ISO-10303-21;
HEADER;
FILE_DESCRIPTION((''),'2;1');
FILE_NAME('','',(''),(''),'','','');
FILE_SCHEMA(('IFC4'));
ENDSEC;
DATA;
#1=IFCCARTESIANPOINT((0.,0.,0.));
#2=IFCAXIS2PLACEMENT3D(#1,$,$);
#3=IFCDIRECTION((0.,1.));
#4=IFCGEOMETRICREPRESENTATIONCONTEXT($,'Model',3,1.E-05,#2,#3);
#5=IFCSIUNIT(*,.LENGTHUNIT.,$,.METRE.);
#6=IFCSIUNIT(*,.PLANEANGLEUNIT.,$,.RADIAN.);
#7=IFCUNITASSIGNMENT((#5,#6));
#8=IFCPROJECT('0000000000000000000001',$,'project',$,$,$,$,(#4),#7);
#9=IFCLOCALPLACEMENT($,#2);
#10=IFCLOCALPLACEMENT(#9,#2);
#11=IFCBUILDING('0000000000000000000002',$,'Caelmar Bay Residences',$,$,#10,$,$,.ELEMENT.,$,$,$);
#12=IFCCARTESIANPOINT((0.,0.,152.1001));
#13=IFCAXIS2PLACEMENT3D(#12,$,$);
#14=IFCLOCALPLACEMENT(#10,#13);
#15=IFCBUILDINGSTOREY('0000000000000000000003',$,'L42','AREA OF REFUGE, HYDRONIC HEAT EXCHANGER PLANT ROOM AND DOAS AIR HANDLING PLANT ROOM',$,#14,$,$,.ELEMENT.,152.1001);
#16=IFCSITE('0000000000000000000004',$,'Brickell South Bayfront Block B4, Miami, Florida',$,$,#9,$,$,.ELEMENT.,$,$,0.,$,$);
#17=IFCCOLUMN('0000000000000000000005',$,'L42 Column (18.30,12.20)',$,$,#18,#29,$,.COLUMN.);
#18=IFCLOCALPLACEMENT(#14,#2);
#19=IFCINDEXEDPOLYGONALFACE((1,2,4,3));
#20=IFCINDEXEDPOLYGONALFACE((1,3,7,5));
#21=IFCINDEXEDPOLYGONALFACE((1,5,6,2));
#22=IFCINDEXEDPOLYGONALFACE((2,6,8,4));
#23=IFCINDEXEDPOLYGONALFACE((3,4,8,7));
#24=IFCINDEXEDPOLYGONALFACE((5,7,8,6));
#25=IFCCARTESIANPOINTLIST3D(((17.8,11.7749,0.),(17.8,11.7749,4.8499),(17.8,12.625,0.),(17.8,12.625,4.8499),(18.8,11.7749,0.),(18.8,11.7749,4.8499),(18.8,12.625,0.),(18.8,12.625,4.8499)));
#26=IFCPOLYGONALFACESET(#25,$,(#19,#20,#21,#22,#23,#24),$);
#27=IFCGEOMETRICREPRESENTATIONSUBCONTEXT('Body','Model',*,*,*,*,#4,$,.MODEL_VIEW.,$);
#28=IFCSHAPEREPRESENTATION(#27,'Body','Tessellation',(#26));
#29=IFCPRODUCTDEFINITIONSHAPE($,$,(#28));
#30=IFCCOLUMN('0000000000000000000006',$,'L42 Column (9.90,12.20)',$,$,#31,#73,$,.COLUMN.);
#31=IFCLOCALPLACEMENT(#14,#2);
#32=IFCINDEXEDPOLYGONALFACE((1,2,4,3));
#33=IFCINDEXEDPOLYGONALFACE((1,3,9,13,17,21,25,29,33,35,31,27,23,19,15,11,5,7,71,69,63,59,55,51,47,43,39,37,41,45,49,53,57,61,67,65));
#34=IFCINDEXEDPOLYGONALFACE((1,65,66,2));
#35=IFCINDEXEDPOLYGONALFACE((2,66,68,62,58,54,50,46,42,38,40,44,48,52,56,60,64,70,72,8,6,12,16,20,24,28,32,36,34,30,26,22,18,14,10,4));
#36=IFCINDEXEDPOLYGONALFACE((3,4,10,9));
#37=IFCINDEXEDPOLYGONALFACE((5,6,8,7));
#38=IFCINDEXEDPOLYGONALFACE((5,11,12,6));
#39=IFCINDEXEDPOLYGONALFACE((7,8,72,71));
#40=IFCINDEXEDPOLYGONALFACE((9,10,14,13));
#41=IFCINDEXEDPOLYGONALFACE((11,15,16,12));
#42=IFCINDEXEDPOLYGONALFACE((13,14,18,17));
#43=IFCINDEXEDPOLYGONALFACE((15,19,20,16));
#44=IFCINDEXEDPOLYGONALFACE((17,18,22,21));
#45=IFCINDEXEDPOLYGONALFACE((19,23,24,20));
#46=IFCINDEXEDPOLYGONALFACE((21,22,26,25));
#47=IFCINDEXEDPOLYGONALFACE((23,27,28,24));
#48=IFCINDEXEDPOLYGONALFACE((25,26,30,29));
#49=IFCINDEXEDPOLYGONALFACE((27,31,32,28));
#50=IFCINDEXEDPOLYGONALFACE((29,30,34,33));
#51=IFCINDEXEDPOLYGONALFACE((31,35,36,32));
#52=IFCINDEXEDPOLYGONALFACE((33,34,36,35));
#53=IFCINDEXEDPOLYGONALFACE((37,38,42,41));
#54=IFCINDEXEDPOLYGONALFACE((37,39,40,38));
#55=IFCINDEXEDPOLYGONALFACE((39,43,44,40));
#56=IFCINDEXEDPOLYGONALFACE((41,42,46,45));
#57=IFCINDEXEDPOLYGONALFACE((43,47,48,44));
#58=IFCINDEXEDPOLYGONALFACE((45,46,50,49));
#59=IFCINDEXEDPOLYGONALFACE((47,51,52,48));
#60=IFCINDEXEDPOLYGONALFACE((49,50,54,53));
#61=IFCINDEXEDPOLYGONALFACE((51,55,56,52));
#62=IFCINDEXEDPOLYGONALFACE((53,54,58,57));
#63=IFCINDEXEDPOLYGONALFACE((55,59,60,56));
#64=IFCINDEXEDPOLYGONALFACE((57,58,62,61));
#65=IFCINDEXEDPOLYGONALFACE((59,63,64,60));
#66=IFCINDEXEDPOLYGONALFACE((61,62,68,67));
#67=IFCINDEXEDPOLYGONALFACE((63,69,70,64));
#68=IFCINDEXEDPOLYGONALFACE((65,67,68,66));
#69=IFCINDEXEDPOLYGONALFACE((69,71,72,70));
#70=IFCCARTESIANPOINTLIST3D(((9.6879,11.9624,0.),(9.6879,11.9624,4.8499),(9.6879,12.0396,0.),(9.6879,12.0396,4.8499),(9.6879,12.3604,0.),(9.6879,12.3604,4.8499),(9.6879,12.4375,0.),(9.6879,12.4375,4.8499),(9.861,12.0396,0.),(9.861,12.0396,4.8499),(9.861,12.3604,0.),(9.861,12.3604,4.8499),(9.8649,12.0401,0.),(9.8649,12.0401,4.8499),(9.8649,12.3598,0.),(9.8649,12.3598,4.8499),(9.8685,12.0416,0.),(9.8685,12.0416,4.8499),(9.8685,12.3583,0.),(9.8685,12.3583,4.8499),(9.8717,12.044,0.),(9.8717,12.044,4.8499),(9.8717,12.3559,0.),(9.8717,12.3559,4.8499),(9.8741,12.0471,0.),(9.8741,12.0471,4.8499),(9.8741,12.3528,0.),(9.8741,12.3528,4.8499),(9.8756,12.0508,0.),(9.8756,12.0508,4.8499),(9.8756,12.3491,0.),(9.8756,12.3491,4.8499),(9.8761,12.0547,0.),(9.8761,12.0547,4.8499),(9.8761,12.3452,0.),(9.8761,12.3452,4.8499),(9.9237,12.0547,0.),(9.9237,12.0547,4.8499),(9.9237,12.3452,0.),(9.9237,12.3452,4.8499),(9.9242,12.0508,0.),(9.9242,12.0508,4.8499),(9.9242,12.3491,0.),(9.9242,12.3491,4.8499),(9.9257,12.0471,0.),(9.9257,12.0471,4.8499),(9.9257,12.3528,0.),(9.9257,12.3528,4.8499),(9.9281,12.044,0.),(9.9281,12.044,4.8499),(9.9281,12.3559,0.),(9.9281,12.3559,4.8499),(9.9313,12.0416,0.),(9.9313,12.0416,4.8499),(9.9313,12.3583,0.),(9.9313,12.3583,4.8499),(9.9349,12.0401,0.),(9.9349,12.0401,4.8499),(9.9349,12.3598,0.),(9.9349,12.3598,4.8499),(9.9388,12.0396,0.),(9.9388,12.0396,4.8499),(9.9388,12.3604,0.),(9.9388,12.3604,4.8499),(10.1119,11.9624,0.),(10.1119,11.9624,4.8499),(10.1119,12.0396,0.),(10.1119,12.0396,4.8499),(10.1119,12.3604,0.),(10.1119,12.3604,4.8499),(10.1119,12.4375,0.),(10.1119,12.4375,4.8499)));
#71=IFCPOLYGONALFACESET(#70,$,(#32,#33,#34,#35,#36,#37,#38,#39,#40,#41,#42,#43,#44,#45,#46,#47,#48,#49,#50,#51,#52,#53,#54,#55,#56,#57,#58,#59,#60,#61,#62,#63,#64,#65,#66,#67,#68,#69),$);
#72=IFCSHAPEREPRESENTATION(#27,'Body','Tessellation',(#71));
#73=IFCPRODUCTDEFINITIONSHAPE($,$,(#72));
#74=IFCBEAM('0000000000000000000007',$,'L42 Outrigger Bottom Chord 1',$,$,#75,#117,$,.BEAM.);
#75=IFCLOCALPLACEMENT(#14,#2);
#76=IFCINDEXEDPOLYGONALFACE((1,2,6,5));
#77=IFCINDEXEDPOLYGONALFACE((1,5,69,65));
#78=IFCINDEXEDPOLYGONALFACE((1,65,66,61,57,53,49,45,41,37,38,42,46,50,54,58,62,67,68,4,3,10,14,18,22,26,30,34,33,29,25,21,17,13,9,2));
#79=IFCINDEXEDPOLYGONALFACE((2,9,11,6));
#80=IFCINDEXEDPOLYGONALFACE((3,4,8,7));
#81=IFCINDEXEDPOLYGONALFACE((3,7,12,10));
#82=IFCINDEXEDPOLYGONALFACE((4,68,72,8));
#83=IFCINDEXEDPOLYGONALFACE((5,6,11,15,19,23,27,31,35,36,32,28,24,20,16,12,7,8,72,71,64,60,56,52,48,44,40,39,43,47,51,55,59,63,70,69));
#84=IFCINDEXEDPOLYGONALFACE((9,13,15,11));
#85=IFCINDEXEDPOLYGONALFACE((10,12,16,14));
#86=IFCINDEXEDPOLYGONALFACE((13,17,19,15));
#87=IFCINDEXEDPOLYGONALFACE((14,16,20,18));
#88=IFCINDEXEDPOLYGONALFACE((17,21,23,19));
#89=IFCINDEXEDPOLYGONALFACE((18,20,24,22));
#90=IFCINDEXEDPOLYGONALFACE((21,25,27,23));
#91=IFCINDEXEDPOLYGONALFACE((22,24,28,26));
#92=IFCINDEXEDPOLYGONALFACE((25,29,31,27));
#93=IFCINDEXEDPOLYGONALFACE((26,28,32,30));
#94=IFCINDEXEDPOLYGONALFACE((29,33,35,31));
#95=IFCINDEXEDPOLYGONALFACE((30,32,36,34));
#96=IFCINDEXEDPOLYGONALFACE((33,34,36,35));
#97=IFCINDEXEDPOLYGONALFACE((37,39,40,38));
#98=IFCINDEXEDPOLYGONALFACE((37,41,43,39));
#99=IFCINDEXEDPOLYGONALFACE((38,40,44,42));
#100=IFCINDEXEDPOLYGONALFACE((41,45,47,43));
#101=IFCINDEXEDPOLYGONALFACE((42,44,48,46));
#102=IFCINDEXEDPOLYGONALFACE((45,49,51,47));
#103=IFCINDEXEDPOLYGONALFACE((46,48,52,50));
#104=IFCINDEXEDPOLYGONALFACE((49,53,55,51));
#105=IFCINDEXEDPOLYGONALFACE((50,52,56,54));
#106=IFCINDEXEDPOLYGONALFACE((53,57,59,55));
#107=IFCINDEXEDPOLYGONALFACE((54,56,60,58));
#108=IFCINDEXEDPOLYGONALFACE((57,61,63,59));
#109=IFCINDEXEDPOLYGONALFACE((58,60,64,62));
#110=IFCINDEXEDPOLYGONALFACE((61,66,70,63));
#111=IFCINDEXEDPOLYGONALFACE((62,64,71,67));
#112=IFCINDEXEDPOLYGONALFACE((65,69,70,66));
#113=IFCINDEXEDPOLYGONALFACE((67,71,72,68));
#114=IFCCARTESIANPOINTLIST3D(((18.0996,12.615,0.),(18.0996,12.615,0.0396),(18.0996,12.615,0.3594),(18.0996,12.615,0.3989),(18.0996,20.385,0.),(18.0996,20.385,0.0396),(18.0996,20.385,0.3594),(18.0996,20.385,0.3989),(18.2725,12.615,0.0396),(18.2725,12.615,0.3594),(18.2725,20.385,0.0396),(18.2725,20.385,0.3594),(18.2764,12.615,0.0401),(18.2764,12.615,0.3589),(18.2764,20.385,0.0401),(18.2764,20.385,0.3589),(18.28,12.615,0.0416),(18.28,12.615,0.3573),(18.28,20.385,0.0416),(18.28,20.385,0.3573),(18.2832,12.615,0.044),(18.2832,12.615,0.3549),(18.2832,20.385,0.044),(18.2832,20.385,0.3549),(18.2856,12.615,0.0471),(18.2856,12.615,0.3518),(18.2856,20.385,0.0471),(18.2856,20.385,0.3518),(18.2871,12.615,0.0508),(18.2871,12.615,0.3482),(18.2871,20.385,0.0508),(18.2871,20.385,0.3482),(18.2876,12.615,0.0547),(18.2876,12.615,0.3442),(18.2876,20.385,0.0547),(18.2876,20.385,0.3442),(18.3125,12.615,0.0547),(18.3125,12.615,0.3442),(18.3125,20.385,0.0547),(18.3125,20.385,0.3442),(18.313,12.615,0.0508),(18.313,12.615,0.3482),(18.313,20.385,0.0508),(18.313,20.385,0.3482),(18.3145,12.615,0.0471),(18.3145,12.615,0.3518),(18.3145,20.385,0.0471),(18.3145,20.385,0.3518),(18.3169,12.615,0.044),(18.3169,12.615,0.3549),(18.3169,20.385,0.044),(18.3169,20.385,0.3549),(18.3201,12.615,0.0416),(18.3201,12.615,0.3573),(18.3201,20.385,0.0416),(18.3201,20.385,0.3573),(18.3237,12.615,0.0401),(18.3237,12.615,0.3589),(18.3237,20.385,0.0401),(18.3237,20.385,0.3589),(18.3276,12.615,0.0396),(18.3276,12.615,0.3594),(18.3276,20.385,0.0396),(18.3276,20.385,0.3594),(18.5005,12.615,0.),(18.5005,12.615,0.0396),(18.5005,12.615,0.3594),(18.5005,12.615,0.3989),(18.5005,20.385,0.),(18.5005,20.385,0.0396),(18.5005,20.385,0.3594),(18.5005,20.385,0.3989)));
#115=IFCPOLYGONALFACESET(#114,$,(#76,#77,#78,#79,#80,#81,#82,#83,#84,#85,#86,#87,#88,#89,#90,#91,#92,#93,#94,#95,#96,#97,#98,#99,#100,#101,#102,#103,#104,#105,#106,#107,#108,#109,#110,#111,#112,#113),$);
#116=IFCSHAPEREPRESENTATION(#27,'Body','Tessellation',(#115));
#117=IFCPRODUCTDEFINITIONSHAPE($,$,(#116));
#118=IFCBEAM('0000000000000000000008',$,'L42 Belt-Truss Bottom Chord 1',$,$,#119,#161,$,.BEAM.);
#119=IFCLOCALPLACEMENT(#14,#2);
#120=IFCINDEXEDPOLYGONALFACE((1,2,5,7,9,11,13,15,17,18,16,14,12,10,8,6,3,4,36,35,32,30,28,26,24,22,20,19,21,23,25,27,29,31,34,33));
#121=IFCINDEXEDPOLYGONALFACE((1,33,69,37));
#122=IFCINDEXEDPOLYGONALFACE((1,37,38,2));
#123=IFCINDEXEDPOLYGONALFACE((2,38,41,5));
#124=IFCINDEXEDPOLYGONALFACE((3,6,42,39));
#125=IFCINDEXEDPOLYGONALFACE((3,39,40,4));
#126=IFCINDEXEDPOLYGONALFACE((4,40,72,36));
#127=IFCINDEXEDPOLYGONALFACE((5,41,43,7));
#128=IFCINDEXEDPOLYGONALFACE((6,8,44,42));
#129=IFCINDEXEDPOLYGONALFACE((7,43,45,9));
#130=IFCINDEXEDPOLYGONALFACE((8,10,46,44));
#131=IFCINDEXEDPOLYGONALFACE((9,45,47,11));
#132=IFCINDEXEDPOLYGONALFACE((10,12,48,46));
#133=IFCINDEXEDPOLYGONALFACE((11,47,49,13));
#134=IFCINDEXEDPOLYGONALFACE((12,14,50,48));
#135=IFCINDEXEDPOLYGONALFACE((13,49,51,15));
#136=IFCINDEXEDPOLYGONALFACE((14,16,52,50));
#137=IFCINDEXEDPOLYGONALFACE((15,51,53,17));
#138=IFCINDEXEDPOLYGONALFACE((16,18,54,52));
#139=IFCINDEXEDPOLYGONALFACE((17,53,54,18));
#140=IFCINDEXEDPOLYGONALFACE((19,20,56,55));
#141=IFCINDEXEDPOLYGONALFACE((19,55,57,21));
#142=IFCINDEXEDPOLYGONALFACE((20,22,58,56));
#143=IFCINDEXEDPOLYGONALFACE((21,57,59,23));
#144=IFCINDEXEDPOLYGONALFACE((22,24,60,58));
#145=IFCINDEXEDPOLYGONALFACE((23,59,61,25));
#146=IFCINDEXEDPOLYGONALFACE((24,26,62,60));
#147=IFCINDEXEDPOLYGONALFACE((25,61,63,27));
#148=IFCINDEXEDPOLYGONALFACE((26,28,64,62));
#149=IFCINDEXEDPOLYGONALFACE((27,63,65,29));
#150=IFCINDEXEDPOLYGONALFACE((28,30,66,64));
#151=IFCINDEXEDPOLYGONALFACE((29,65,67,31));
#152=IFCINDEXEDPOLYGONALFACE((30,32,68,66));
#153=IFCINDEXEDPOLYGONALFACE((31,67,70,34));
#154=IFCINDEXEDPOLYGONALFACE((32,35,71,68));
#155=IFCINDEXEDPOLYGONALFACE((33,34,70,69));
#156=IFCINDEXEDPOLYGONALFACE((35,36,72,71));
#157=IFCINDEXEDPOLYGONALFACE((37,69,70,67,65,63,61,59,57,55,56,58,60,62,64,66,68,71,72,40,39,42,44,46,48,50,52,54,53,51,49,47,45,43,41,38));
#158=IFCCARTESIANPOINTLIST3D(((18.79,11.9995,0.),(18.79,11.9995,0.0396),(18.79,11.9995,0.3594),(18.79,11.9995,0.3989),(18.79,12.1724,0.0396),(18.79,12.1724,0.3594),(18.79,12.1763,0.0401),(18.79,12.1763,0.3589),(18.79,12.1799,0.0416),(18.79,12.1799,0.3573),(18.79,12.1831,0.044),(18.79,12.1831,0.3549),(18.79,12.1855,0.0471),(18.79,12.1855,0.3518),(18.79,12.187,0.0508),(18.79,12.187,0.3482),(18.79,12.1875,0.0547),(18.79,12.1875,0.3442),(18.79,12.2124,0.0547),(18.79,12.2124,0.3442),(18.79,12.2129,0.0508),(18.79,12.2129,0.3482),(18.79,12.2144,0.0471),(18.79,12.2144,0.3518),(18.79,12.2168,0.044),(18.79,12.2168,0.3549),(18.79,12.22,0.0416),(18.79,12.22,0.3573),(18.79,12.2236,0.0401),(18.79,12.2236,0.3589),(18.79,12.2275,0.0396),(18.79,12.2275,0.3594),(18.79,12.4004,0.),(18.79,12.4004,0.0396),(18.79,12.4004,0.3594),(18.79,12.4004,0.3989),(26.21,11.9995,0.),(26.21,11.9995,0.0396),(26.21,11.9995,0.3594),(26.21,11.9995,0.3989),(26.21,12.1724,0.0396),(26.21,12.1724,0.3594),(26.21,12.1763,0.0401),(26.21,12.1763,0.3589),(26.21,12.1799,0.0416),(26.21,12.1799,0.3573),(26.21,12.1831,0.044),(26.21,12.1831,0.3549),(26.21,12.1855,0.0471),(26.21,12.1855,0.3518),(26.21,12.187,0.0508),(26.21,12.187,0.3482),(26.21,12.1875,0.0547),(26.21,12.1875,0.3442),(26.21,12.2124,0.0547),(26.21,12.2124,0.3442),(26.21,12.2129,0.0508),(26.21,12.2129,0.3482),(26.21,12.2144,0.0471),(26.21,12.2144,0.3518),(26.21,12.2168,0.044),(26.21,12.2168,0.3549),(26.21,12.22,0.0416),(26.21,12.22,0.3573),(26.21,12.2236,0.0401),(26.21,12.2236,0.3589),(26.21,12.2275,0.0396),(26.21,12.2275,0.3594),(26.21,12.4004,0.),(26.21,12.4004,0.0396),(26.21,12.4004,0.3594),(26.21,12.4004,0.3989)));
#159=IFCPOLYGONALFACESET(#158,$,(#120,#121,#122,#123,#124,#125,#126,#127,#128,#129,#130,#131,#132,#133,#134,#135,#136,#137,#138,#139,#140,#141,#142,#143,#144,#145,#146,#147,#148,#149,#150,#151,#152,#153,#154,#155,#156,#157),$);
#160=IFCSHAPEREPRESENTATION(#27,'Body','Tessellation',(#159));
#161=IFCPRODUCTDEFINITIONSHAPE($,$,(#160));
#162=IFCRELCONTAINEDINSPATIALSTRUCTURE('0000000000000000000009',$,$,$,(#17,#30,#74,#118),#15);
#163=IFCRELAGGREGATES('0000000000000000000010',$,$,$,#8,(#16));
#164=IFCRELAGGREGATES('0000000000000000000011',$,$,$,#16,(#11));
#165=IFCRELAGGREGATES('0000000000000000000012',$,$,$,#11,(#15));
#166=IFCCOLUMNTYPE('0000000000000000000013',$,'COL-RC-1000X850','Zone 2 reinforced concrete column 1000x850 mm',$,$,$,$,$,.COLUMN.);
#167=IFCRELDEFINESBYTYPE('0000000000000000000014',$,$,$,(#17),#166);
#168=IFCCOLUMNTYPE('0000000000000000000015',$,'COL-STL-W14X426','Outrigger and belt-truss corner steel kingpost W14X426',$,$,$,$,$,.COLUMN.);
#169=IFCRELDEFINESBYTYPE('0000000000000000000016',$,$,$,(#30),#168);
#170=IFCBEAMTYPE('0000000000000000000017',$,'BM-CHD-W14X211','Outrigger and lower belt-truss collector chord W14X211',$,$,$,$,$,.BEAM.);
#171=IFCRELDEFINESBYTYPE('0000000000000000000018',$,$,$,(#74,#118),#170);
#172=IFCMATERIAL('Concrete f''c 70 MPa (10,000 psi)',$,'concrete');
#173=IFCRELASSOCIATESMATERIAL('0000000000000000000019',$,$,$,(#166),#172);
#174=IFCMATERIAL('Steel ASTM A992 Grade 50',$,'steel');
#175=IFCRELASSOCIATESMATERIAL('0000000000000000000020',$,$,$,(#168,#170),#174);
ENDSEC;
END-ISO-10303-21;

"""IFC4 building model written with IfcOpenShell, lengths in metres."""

from ifc_helpers import new_model, si_unit, direction, frame, origin, origin_2d, place, context, subcontext, project, spatial, rectangle, i_section, extrude, material, material_profile, profile_set, type_object, element, save


model = new_model("IFC4")

# Units and contexts
model_context = context("Model", 3, precision=1e-05, world=origin(), true_north=direction((0.0, 1.0)))
body_context = subcontext(model_context, "Body", "Model", "MODEL_VIEW")
ifc_project = project(units=[si_unit("LENGTHUNIT", "METRE"), si_unit("PLANEANGLEUNIT", "RADIAN")], contexts=[model_context])

# Site, building, storey
site_placement = place(None, origin())
site = spatial("IfcSite", under=ifc_project, at=site_placement, Name="Brickell South Bayfront Block B4, Miami, Florida", CompositionType="ELEMENT", RefElevation=0.0)
building_placement = place(site_placement, origin())
building = spatial("IfcBuilding", under=site, at=building_placement, Name="Caelmar Bay Residences", CompositionType="ELEMENT")
storey_placement = place(building_placement, frame((0.0, 0.0, 152.1001)))
storey = spatial("IfcBuildingStorey", under=building, at=storey_placement, Name="L42", Description="AREA OF REFUGE, HYDRONIC HEAT EXCHANGER PLANT ROOM AND DOAS AIR HANDLING PLANT ROOM", CompositionType="ELEMENT", Elevation=152.1001)

# Columns
ifc_material_1 = material(Name="Concrete f'c 70 MPa (10,000 psi)", Category="concrete")
ifc_material_profile_1 = material_profile(ifc_material_1, rectangle(XDim=1.0, YDim=0.8501, at=origin_2d()), Name="RC-COL-1000X850")
ifc_profile_set_1 = profile_set([ifc_material_profile_1], Name="Concrete f'c 70 MPa (10,000 psi)")
column_type_1 = type_object("IfcColumnType", Name="COL-RC-1000X850", Description="Zone 2 reinforced concrete column 1000x850 mm", PredefinedType="COLUMN", material=ifc_profile_set_1)
column_1_placement = place(storey_placement, frame((18.3, 12.2, 0.0), z_axis=(0.0, 0.0, 1.0), x_axis=(1.0, 0.0, 0.0)))
element("IfcColumn", 1, at=column_1_placement, inside=storey, type_object=column_type_1, Name="L42 Column (18.30,12.20)", PredefinedType="COLUMN", context=body_context, shape_type="SweptSolid", body=[
    extrude(rectangle(XDim=1.0, YDim=0.8501, at=origin_2d()), origin(), (0.0, 0.0, 1.0), 4.8499),
])
ifc_material_2 = material(Name="Steel ASTM A992 Grade 50", Category="steel")
ifc_material_profile_2 = material_profile(ifc_material_2, i_section(OverallWidth=0.4241, OverallDepth=0.4751, WebThickness=0.0476, FlangeThickness=0.0771, FilletRadius=0.0151, at=origin_2d()), Name="W14X426")
ifc_profile_set_2 = profile_set([ifc_material_profile_2], Name="Steel ASTM A992 Grade 50")
column_type_2 = type_object("IfcColumnType", Name="COL-STL-W14X426", Description="Outrigger and belt-truss corner steel kingpost W14X426", PredefinedType="COLUMN", material=ifc_profile_set_2)
column_2_placement = place(storey_placement, frame((9.8999, 12.2, 0.0), z_axis=(0.0, 0.0, 1.0), x_axis=(1.0, 0.0, 0.0)))
element("IfcColumn", 2, at=column_2_placement, inside=storey, type_object=column_type_2, Name="L42 Column (9.90,12.20)", PredefinedType="COLUMN", context=body_context, shape_type="SweptSolid", body=[
    extrude(i_section(OverallWidth=0.4241, OverallDepth=0.4751, WebThickness=0.0476, FlangeThickness=0.0771, FilletRadius=0.0151, at=origin_2d()), origin(), (0.0, 0.0, 1.0), 4.8499),
])

# Beams
ifc_material_profile_3 = material_profile(ifc_material_2, i_section(OverallWidth=0.4009, OverallDepth=0.3989, WebThickness=0.0249, FlangeThickness=0.0396, FilletRadius=0.0151, at=origin_2d()), Name="W14X211")
ifc_profile_set_3 = profile_set([ifc_material_profile_3], Name="Steel ASTM A992 Grade 50")
beam_type_1 = type_object("IfcBeamType", Name="BM-CHD-W14X211", Description="Outrigger and lower belt-truss collector chord W14X211", PredefinedType="BEAM", material=ifc_profile_set_3)
beam_1_placement = place(storey_placement, frame((18.3, 12.615, 0.1995), z_axis=(0.0, 1.0, 0.0), x_axis=(-1.0, 0.0, 0.0)))
element("IfcBeam", 3, at=beam_1_placement, inside=storey, type_object=beam_type_1, Name="L42 Outrigger Bottom Chord 1", PredefinedType="BEAM", context=body_context, shape_type="SweptSolid", body=[
    extrude(i_section(OverallWidth=0.4009, OverallDepth=0.3989, WebThickness=0.0249, FlangeThickness=0.0396, FilletRadius=0.0151, at=origin_2d()), origin(), (0.0, 0.0, 1.0), 7.77),
])
beam_2_placement = place(storey_placement, frame((18.79, 12.2, 0.1995), z_axis=(1.0, 0.0, 0.0), x_axis=(0.0, 1.0, 0.0)))
element("IfcBeam", 4, at=beam_2_placement, inside=storey, type_object=beam_type_1, Name="L42 Belt-Truss Bottom Chord 1", PredefinedType="BEAM", context=body_context, shape_type="SweptSolid", body=[
    extrude(i_section(OverallWidth=0.4009, OverallDepth=0.3989, WebThickness=0.0249, FlangeThickness=0.0396, FilletRadius=0.0151, at=origin_2d()), origin(), (0.0, 0.0, 1.0), 7.4199),
])

save(model, "model.ifc")
